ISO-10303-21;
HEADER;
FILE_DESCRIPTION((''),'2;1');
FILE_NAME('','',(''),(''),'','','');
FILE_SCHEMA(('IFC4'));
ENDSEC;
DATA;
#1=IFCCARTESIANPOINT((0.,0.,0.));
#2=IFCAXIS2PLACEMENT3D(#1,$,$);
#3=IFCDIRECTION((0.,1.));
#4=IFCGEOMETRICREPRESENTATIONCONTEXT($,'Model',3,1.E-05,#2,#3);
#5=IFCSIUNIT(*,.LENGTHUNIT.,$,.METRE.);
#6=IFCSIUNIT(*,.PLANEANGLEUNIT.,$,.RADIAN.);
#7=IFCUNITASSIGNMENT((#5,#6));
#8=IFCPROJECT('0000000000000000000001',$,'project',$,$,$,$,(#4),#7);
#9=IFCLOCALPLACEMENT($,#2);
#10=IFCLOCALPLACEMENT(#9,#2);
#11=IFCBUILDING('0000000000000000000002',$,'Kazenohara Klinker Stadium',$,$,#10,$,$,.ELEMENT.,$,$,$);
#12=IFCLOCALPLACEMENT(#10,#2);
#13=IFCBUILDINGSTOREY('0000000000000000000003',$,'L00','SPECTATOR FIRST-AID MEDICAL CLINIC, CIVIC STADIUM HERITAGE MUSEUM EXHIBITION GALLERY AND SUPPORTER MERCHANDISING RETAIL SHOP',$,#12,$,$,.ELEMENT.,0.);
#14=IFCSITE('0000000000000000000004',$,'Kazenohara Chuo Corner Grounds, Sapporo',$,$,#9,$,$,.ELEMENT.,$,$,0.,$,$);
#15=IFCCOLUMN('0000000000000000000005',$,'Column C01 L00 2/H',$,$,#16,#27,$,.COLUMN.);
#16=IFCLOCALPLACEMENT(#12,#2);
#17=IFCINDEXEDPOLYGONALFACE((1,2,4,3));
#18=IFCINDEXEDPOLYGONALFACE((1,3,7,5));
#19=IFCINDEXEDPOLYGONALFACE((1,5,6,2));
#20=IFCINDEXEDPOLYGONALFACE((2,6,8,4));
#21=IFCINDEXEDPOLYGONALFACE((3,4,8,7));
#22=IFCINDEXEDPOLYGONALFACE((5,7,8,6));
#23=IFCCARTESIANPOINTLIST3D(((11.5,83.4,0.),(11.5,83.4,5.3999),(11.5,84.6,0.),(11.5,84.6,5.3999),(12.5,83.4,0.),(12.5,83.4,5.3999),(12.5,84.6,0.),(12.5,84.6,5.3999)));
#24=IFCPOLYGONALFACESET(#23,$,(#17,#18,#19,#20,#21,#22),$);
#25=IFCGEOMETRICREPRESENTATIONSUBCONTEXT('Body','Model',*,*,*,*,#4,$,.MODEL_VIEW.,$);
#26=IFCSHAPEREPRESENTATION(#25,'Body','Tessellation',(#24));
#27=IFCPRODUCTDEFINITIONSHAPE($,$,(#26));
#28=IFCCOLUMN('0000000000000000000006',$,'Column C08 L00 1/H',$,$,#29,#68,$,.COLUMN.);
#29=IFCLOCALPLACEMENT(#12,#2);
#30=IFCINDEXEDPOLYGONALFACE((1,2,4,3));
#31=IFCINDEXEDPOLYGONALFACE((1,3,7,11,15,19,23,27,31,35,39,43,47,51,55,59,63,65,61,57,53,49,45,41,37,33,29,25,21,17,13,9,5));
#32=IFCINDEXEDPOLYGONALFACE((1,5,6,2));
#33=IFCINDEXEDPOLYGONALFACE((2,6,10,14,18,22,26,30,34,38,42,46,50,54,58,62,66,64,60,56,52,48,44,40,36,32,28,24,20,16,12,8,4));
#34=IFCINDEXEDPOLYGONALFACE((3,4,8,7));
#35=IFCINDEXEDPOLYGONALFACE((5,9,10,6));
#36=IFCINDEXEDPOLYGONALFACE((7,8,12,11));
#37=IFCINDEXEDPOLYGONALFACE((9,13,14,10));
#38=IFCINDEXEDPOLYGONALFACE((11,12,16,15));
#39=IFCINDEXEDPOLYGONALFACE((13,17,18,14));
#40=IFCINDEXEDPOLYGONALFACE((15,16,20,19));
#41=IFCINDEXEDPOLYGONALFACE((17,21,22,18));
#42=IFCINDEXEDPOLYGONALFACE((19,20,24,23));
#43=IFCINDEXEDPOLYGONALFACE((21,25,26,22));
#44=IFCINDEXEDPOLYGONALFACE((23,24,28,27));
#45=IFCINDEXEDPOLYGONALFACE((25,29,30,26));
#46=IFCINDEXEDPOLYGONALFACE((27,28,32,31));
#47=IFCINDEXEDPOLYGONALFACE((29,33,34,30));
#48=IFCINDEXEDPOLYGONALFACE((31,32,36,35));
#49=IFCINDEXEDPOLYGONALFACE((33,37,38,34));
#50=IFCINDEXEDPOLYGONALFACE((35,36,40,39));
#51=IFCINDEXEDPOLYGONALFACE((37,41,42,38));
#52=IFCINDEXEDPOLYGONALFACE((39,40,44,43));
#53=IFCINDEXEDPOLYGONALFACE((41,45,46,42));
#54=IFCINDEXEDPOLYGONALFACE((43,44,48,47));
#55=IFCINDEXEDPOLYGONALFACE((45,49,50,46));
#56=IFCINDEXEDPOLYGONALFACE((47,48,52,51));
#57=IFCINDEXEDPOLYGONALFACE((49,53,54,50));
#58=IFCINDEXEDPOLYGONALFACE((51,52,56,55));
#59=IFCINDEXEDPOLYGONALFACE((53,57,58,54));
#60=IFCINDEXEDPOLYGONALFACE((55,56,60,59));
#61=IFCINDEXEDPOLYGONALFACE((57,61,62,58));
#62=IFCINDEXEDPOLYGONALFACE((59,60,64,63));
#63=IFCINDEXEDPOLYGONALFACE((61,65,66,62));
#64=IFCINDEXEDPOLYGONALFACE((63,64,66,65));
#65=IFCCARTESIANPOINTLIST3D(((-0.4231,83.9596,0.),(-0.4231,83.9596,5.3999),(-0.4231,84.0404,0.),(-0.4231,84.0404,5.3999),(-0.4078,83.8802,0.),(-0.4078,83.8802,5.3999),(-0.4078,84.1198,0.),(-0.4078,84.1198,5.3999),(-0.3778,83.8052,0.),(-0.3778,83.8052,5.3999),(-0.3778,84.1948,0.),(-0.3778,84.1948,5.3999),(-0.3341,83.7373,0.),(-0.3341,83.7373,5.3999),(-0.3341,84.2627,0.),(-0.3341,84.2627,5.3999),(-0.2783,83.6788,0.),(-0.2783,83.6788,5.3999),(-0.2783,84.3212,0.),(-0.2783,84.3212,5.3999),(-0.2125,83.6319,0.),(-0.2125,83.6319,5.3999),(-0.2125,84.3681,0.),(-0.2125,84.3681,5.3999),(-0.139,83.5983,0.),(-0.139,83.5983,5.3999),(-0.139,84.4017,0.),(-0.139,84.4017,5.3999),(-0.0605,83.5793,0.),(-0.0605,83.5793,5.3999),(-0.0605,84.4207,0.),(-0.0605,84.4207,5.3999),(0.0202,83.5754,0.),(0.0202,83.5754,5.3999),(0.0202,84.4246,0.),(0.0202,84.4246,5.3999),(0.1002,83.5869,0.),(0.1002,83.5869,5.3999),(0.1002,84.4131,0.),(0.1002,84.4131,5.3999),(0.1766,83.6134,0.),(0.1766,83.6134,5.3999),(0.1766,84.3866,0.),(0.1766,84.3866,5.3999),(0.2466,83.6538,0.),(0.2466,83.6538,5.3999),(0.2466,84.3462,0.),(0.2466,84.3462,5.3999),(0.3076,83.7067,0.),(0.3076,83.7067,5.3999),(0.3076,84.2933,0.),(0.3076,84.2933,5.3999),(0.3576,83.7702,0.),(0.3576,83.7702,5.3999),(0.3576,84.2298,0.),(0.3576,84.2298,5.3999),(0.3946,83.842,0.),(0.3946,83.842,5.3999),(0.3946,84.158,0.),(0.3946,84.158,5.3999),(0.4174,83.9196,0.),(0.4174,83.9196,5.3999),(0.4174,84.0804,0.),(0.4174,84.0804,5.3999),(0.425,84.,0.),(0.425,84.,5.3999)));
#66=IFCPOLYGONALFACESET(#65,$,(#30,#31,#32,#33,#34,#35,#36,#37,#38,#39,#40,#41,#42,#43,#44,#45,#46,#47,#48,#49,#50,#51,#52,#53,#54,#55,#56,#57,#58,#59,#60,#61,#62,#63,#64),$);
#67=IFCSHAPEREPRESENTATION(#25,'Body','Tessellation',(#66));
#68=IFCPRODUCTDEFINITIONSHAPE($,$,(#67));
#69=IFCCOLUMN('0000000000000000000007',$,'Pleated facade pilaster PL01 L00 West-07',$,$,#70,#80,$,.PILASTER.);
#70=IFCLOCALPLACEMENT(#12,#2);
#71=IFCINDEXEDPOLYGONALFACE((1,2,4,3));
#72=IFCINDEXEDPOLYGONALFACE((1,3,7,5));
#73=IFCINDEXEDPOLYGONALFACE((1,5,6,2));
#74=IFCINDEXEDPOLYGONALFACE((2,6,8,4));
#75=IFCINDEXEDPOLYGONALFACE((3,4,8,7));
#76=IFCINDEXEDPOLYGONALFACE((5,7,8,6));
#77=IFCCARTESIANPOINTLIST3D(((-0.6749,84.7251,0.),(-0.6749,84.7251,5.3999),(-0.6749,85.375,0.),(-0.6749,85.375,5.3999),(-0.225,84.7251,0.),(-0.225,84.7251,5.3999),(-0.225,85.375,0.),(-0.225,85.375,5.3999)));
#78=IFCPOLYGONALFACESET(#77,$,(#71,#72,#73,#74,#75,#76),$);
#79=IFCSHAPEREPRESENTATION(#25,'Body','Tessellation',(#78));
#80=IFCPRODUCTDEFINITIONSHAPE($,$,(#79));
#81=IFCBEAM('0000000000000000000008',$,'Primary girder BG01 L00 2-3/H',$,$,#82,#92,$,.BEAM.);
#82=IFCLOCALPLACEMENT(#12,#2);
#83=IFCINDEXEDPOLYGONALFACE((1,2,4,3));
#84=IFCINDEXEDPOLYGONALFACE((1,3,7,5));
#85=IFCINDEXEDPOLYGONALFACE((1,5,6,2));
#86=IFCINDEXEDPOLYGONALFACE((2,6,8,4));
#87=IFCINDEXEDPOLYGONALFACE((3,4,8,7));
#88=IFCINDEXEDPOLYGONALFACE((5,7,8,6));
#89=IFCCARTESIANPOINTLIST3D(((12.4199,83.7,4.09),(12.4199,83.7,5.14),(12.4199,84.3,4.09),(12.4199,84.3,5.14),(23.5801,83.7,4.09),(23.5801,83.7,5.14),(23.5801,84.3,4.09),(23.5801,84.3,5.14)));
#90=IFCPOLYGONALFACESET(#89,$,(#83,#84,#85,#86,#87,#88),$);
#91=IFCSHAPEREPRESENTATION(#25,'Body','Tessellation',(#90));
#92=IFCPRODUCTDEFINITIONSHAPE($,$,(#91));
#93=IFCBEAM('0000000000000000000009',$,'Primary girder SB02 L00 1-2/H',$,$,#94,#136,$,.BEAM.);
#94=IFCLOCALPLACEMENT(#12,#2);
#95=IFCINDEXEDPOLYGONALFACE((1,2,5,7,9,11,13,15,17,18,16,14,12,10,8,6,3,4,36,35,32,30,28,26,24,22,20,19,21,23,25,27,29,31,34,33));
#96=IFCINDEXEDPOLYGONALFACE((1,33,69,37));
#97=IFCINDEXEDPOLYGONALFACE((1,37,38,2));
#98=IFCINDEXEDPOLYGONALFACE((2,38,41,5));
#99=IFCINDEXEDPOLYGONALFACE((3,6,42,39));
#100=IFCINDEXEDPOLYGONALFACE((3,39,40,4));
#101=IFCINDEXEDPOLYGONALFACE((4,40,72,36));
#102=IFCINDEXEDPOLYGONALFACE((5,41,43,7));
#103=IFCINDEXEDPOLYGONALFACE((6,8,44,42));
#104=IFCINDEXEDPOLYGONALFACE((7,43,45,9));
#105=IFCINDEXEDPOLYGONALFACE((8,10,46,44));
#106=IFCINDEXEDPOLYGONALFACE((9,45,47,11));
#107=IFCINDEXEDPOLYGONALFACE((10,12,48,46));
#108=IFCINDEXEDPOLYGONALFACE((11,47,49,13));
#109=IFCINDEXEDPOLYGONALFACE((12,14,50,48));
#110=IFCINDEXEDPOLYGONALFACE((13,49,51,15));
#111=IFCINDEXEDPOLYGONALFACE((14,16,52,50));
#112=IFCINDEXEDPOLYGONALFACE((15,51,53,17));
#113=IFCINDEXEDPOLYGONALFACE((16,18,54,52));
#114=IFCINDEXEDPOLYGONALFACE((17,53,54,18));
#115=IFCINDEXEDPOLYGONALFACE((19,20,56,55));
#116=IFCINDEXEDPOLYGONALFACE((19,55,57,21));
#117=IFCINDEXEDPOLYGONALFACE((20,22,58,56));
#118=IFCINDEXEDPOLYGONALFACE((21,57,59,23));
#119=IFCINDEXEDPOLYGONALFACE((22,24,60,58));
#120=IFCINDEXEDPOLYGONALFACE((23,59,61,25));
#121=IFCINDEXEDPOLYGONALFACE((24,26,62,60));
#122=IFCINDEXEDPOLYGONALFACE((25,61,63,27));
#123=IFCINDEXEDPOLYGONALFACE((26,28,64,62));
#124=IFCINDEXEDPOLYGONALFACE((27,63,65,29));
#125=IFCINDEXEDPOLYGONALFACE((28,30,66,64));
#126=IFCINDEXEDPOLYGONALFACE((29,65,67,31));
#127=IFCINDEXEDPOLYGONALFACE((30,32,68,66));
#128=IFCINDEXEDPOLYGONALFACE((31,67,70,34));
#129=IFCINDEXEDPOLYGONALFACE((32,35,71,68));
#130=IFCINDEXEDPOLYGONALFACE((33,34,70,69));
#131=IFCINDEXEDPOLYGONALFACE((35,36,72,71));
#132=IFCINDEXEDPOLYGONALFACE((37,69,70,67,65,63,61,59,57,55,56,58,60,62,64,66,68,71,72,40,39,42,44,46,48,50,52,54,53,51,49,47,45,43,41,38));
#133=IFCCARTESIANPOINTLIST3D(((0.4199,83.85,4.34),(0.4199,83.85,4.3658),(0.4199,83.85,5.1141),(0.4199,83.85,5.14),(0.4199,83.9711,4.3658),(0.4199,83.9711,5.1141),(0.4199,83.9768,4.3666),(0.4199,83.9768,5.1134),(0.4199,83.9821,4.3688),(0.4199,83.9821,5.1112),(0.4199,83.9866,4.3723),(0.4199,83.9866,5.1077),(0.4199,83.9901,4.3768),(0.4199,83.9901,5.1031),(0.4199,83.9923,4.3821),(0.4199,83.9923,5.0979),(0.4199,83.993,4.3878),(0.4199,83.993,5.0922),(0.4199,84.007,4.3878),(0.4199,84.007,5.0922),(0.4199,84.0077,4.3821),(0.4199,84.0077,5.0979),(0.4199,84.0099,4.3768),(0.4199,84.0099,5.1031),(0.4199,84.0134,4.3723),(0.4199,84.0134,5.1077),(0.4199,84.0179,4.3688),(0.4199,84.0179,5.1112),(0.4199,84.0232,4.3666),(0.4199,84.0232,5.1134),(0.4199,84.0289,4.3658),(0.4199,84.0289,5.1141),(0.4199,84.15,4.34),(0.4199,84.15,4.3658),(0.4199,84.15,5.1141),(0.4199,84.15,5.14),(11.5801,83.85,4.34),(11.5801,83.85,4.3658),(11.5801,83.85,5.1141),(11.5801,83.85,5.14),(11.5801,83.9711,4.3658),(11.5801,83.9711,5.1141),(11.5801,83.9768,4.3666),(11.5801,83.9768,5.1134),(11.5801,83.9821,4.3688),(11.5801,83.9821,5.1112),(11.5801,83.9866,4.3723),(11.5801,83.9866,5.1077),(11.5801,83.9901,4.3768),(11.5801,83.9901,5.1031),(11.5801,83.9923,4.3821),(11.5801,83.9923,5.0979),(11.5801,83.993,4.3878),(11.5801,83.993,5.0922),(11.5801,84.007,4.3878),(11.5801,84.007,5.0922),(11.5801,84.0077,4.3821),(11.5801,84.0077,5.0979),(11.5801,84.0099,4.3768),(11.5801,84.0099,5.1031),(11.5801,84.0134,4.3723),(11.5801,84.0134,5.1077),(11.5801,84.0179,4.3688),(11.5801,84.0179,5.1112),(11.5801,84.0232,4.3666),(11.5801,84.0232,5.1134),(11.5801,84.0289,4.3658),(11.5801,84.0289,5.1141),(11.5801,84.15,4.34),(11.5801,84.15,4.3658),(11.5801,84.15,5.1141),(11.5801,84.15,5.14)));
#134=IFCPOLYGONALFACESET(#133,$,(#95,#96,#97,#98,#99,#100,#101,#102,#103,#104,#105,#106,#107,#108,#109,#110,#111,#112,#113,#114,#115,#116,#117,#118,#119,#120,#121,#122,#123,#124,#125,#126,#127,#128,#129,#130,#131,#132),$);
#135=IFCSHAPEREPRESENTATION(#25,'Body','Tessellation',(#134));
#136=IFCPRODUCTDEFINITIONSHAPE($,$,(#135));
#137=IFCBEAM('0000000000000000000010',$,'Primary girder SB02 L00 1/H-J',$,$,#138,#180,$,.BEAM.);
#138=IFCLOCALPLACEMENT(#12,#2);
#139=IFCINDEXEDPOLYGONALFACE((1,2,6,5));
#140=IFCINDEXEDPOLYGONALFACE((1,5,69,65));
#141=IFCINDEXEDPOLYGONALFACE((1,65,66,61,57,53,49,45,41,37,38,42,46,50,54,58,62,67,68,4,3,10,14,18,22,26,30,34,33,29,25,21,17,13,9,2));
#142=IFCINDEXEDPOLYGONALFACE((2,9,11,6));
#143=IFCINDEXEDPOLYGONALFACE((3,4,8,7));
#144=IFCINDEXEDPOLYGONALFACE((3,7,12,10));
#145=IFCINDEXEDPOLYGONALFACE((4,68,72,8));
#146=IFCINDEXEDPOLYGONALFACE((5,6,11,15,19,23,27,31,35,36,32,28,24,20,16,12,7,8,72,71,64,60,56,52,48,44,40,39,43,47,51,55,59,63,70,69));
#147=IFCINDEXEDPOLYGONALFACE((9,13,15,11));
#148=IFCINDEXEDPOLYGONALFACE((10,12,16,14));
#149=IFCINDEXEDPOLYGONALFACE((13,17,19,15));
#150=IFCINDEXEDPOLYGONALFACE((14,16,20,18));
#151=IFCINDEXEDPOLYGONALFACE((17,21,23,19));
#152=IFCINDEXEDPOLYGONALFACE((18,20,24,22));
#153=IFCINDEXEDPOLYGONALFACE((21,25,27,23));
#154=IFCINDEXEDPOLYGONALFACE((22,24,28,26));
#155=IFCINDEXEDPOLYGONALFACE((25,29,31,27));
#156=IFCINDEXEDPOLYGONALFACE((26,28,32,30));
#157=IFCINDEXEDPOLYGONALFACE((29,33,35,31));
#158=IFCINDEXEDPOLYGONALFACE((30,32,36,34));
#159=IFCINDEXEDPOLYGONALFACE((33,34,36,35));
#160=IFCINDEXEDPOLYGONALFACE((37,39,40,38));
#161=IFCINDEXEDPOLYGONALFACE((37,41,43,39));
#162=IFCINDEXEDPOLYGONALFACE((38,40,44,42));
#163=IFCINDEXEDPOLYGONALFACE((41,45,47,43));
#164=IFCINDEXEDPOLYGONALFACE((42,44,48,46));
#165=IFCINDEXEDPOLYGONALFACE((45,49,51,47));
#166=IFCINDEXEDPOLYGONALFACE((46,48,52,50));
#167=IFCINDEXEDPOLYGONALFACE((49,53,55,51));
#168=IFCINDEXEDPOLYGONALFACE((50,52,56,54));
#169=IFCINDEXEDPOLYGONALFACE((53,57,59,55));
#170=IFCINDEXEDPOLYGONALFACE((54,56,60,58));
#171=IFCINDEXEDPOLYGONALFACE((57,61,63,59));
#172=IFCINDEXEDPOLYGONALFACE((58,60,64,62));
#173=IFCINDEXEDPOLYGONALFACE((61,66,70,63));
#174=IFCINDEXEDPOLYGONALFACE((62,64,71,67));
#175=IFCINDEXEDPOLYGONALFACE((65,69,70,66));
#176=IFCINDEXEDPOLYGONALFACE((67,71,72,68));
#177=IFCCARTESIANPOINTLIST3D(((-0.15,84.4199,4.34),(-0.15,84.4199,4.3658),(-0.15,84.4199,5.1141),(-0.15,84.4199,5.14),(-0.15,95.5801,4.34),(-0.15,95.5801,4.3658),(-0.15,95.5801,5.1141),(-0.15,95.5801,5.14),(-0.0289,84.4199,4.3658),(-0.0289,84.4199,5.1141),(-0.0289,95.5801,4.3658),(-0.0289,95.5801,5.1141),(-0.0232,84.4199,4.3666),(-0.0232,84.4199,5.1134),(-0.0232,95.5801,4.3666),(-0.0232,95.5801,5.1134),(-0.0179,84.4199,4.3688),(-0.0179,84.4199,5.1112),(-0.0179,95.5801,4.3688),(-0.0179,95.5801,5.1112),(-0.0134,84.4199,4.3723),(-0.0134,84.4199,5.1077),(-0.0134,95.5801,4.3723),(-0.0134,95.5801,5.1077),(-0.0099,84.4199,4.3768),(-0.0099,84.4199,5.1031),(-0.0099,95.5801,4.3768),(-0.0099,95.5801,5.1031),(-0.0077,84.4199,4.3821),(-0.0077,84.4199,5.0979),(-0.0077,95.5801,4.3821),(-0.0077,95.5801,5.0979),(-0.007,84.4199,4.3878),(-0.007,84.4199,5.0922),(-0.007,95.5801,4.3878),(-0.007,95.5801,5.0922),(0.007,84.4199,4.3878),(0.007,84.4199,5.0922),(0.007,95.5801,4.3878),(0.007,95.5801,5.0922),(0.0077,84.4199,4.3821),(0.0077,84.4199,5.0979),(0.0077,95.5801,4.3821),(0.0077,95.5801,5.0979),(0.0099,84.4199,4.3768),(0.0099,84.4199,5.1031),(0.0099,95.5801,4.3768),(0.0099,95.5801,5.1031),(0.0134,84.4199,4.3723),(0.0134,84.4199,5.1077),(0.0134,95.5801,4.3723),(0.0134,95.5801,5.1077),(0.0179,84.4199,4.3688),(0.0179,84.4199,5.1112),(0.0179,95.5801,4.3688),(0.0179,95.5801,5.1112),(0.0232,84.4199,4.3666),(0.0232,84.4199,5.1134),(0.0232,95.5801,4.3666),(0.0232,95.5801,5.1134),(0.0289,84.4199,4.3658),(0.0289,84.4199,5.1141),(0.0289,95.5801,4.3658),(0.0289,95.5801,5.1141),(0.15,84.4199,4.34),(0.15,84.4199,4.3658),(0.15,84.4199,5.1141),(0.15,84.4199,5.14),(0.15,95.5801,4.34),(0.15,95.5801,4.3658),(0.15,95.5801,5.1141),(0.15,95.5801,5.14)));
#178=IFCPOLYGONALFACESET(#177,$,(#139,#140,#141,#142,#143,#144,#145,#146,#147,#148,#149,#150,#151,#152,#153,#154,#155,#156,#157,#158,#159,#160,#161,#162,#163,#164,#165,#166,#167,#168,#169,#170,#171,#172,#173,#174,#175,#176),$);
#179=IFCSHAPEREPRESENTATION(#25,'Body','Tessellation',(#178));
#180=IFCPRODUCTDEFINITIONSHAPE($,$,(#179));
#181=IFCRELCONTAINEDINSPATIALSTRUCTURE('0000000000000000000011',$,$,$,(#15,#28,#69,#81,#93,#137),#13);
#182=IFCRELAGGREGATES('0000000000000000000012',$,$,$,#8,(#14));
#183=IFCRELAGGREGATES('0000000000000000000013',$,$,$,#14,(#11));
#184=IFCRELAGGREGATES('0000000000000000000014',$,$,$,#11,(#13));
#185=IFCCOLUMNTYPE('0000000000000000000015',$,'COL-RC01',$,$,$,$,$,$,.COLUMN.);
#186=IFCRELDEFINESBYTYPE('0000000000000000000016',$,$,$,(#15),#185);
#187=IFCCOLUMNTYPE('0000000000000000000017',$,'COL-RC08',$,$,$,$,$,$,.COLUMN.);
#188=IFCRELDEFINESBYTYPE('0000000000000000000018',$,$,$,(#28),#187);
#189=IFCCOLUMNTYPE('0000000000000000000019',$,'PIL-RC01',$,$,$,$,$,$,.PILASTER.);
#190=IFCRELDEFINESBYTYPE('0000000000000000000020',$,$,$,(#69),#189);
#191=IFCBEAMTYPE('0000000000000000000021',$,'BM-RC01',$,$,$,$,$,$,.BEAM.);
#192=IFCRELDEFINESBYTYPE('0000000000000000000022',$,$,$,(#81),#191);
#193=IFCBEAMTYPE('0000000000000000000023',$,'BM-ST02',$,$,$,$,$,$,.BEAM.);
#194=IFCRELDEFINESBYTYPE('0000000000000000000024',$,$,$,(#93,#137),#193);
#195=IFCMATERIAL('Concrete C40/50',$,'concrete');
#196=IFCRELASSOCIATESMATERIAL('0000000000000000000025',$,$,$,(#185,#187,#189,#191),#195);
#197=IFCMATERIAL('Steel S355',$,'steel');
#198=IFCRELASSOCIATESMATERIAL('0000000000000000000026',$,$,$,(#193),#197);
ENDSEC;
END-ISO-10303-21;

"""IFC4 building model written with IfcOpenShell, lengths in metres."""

from ifc_helpers import new_model, si_unit, direction, frame, origin, origin_2d, place, context, subcontext, project, spatial, rectangle, circle, i_section, extrude, material, material_profile, profile_set, type_object, element, save


model = new_model("IFC4")

# Units and contexts
model_context = context("Model", 3, precision=1e-05, world=origin(), true_north=direction((0.0, 1.0)))
body_context = subcontext(model_context, "Body", "Model", "MODEL_VIEW")
ifc_project = project(units=[si_unit("LENGTHUNIT", "METRE"), si_unit("PLANEANGLEUNIT", "RADIAN")], contexts=[model_context])

# Site, building, storey
site_placement = place(None, origin())
site = spatial("IfcSite", under=ifc_project, at=site_placement, Name="Kazenohara Chuo Corner Grounds, Sapporo", CompositionType="ELEMENT", RefElevation=0.0)
building_placement = place(site_placement, origin())
building = spatial("IfcBuilding", under=site, at=building_placement, Name="Kazenohara Klinker Stadium", CompositionType="ELEMENT")
storey_placement = place(building_placement, origin())
storey = spatial("IfcBuildingStorey", under=building, at=storey_placement, Name="L00", Description="SPECTATOR FIRST-AID MEDICAL CLINIC, CIVIC STADIUM HERITAGE MUSEUM EXHIBITION GALLERY AND SUPPORTER MERCHANDISING RETAIL SHOP", CompositionType="ELEMENT", Elevation=0.0)

# Columns
ifc_material_1 = material(Name="Concrete C40/50", Category="concrete")
ifc_material_profile_1 = material_profile(ifc_material_1, rectangle(XDim=1.0, YDim=1.2, at=origin_2d()), Name="RC-COL-1200x1000")
ifc_profile_set_1 = profile_set([ifc_material_profile_1], Name="Concrete C40/50")
column_type_1 = type_object("IfcColumnType", Name="COL-RC01", PredefinedType="COLUMN", material=ifc_profile_set_1)
column_1_placement = place(storey_placement, frame((12.0, 84.0, 0.0), z_axis=(0.0, 0.0, 1.0), x_axis=(1.0, 0.0, 0.0)))
element("IfcColumn", 1, at=column_1_placement, inside=storey, type_object=column_type_1, Name="Column C01 L00 2/H", PredefinedType="COLUMN", context=body_context, shape_type="SweptSolid", body=[
    extrude(rectangle(XDim=1.0, YDim=1.2, at=origin_2d()), origin(), (0.0, 0.0, 1.0), 5.3999),
])
ifc_material_profile_2 = material_profile(ifc_material_1, circle(Radius=0.425, at=origin_2d()), Name="RC-COL-D850")
ifc_profile_set_2 = profile_set([ifc_material_profile_2], Name="Concrete C40/50")
column_type_2 = type_object("IfcColumnType", Name="COL-RC08", PredefinedType="COLUMN", material=ifc_profile_set_2)
column_2_placement = place(storey_placement, frame((0.0, 84.0, 0.0), z_axis=(0.0, 0.0, 1.0), x_axis=(1.0, 0.0, 0.0)))
element("IfcColumn", 2, at=column_2_placement, inside=storey, type_object=column_type_2, Name="Column C08 L00 1/H", PredefinedType="COLUMN", context=body_context, shape_type="SweptSolid", body=[
    extrude(circle(Radius=0.425, at=origin_2d()), origin(), (0.0, 0.0, 1.0), 5.3999),
])
ifc_material_profile_3 = material_profile(ifc_material_1, rectangle(XDim=0.45, YDim=0.6499, at=origin_2d()), Name="RC-PILASTER-450x650")
ifc_profile_set_3 = profile_set([ifc_material_profile_3], Name="Concrete C40/50")
column_type_3 = type_object("IfcColumnType", Name="PIL-RC01", PredefinedType="PILASTER", material=ifc_profile_set_3)
column_3_placement = place(storey_placement, frame((-0.45, 85.05, 0.0), z_axis=(0.0, 0.0, 1.0), x_axis=(1.0, 0.0, 0.0)))
element("IfcColumn", 3, at=column_3_placement, inside=storey, type_object=column_type_3, Name="Pleated facade pilaster PL01 L00 West-07", PredefinedType="PILASTER", context=body_context, shape_type="SweptSolid", body=[
    extrude(rectangle(XDim=0.45, YDim=0.6499, at=origin_2d()), origin(), (0.0, 0.0, 1.0), 5.3999),
])

# Beams
ifc_material_profile_4 = material_profile(ifc_material_1, rectangle(XDim=0.6001, YDim=1.05, at=origin_2d()), Name="RC-BM-600x1050")
ifc_profile_set_4 = profile_set([ifc_material_profile_4], Name="Concrete C40/50")
beam_type_1 = type_object("IfcBeamType", Name="BM-RC01", PredefinedType="BEAM", material=ifc_profile_set_4)
beam_1_placement = place(storey_placement, frame((12.4199, 84.0, 4.615), z_axis=(1.0, 0.0, 0.0), x_axis=(0.0, 1.0, 0.0)))
element("IfcBeam", 4, at=beam_1_placement, inside=storey, type_object=beam_type_1, Name="Primary girder BG01 L00 2-3/H", PredefinedType="BEAM", context=body_context, shape_type="SweptSolid", body=[
    extrude(rectangle(XDim=0.6001, YDim=1.05, at=origin_2d()), origin(), (0.0, 0.0, 1.0), 11.1602),
])
ifc_material_2 = material(Name="Steel S355", Category="steel")
ifc_material_profile_5 = material_profile(ifc_material_2, i_section(OverallWidth=0.3, OverallDepth=0.8, WebThickness=0.0139, FlangeThickness=0.0259, FilletRadius=0.022, at=origin_2d()), Name="H-800x300x14x26")
ifc_profile_set_5 = profile_set([ifc_material_profile_5], Name="Steel S355")
beam_type_2 = type_object("IfcBeamType", Name="BM-ST02", PredefinedType="BEAM", material=ifc_profile_set_5)
for number, where, z_axis, x_axis, name in (
    (5, (0.4199, 84.0, 4.74), (1.0, 0.0, 0.0), (0.0, 1.0, 0.0), "Primary girder SB02 L00 1-2/H"),
    (6, (0.0, 84.4199, 4.74), (0.0, 1.0, 0.0), (-1.0, 0.0, 0.0), "Primary girder SB02 L00 1/H-J"),
):
    element("IfcBeam", number, at=place(storey_placement, frame(where, z_axis=z_axis, x_axis=x_axis)), inside=storey, type_object=beam_type_2, Name=name, PredefinedType="BEAM", context=body_context, shape_type="SweptSolid", body=[
        extrude(i_section(OverallWidth=0.3, OverallDepth=0.8, WebThickness=0.0139, FlangeThickness=0.0259, FilletRadius=0.022, at=origin_2d()), origin(), (0.0, 0.0, 1.0), 11.1602),
    ])

save(model, "model.ifc")
